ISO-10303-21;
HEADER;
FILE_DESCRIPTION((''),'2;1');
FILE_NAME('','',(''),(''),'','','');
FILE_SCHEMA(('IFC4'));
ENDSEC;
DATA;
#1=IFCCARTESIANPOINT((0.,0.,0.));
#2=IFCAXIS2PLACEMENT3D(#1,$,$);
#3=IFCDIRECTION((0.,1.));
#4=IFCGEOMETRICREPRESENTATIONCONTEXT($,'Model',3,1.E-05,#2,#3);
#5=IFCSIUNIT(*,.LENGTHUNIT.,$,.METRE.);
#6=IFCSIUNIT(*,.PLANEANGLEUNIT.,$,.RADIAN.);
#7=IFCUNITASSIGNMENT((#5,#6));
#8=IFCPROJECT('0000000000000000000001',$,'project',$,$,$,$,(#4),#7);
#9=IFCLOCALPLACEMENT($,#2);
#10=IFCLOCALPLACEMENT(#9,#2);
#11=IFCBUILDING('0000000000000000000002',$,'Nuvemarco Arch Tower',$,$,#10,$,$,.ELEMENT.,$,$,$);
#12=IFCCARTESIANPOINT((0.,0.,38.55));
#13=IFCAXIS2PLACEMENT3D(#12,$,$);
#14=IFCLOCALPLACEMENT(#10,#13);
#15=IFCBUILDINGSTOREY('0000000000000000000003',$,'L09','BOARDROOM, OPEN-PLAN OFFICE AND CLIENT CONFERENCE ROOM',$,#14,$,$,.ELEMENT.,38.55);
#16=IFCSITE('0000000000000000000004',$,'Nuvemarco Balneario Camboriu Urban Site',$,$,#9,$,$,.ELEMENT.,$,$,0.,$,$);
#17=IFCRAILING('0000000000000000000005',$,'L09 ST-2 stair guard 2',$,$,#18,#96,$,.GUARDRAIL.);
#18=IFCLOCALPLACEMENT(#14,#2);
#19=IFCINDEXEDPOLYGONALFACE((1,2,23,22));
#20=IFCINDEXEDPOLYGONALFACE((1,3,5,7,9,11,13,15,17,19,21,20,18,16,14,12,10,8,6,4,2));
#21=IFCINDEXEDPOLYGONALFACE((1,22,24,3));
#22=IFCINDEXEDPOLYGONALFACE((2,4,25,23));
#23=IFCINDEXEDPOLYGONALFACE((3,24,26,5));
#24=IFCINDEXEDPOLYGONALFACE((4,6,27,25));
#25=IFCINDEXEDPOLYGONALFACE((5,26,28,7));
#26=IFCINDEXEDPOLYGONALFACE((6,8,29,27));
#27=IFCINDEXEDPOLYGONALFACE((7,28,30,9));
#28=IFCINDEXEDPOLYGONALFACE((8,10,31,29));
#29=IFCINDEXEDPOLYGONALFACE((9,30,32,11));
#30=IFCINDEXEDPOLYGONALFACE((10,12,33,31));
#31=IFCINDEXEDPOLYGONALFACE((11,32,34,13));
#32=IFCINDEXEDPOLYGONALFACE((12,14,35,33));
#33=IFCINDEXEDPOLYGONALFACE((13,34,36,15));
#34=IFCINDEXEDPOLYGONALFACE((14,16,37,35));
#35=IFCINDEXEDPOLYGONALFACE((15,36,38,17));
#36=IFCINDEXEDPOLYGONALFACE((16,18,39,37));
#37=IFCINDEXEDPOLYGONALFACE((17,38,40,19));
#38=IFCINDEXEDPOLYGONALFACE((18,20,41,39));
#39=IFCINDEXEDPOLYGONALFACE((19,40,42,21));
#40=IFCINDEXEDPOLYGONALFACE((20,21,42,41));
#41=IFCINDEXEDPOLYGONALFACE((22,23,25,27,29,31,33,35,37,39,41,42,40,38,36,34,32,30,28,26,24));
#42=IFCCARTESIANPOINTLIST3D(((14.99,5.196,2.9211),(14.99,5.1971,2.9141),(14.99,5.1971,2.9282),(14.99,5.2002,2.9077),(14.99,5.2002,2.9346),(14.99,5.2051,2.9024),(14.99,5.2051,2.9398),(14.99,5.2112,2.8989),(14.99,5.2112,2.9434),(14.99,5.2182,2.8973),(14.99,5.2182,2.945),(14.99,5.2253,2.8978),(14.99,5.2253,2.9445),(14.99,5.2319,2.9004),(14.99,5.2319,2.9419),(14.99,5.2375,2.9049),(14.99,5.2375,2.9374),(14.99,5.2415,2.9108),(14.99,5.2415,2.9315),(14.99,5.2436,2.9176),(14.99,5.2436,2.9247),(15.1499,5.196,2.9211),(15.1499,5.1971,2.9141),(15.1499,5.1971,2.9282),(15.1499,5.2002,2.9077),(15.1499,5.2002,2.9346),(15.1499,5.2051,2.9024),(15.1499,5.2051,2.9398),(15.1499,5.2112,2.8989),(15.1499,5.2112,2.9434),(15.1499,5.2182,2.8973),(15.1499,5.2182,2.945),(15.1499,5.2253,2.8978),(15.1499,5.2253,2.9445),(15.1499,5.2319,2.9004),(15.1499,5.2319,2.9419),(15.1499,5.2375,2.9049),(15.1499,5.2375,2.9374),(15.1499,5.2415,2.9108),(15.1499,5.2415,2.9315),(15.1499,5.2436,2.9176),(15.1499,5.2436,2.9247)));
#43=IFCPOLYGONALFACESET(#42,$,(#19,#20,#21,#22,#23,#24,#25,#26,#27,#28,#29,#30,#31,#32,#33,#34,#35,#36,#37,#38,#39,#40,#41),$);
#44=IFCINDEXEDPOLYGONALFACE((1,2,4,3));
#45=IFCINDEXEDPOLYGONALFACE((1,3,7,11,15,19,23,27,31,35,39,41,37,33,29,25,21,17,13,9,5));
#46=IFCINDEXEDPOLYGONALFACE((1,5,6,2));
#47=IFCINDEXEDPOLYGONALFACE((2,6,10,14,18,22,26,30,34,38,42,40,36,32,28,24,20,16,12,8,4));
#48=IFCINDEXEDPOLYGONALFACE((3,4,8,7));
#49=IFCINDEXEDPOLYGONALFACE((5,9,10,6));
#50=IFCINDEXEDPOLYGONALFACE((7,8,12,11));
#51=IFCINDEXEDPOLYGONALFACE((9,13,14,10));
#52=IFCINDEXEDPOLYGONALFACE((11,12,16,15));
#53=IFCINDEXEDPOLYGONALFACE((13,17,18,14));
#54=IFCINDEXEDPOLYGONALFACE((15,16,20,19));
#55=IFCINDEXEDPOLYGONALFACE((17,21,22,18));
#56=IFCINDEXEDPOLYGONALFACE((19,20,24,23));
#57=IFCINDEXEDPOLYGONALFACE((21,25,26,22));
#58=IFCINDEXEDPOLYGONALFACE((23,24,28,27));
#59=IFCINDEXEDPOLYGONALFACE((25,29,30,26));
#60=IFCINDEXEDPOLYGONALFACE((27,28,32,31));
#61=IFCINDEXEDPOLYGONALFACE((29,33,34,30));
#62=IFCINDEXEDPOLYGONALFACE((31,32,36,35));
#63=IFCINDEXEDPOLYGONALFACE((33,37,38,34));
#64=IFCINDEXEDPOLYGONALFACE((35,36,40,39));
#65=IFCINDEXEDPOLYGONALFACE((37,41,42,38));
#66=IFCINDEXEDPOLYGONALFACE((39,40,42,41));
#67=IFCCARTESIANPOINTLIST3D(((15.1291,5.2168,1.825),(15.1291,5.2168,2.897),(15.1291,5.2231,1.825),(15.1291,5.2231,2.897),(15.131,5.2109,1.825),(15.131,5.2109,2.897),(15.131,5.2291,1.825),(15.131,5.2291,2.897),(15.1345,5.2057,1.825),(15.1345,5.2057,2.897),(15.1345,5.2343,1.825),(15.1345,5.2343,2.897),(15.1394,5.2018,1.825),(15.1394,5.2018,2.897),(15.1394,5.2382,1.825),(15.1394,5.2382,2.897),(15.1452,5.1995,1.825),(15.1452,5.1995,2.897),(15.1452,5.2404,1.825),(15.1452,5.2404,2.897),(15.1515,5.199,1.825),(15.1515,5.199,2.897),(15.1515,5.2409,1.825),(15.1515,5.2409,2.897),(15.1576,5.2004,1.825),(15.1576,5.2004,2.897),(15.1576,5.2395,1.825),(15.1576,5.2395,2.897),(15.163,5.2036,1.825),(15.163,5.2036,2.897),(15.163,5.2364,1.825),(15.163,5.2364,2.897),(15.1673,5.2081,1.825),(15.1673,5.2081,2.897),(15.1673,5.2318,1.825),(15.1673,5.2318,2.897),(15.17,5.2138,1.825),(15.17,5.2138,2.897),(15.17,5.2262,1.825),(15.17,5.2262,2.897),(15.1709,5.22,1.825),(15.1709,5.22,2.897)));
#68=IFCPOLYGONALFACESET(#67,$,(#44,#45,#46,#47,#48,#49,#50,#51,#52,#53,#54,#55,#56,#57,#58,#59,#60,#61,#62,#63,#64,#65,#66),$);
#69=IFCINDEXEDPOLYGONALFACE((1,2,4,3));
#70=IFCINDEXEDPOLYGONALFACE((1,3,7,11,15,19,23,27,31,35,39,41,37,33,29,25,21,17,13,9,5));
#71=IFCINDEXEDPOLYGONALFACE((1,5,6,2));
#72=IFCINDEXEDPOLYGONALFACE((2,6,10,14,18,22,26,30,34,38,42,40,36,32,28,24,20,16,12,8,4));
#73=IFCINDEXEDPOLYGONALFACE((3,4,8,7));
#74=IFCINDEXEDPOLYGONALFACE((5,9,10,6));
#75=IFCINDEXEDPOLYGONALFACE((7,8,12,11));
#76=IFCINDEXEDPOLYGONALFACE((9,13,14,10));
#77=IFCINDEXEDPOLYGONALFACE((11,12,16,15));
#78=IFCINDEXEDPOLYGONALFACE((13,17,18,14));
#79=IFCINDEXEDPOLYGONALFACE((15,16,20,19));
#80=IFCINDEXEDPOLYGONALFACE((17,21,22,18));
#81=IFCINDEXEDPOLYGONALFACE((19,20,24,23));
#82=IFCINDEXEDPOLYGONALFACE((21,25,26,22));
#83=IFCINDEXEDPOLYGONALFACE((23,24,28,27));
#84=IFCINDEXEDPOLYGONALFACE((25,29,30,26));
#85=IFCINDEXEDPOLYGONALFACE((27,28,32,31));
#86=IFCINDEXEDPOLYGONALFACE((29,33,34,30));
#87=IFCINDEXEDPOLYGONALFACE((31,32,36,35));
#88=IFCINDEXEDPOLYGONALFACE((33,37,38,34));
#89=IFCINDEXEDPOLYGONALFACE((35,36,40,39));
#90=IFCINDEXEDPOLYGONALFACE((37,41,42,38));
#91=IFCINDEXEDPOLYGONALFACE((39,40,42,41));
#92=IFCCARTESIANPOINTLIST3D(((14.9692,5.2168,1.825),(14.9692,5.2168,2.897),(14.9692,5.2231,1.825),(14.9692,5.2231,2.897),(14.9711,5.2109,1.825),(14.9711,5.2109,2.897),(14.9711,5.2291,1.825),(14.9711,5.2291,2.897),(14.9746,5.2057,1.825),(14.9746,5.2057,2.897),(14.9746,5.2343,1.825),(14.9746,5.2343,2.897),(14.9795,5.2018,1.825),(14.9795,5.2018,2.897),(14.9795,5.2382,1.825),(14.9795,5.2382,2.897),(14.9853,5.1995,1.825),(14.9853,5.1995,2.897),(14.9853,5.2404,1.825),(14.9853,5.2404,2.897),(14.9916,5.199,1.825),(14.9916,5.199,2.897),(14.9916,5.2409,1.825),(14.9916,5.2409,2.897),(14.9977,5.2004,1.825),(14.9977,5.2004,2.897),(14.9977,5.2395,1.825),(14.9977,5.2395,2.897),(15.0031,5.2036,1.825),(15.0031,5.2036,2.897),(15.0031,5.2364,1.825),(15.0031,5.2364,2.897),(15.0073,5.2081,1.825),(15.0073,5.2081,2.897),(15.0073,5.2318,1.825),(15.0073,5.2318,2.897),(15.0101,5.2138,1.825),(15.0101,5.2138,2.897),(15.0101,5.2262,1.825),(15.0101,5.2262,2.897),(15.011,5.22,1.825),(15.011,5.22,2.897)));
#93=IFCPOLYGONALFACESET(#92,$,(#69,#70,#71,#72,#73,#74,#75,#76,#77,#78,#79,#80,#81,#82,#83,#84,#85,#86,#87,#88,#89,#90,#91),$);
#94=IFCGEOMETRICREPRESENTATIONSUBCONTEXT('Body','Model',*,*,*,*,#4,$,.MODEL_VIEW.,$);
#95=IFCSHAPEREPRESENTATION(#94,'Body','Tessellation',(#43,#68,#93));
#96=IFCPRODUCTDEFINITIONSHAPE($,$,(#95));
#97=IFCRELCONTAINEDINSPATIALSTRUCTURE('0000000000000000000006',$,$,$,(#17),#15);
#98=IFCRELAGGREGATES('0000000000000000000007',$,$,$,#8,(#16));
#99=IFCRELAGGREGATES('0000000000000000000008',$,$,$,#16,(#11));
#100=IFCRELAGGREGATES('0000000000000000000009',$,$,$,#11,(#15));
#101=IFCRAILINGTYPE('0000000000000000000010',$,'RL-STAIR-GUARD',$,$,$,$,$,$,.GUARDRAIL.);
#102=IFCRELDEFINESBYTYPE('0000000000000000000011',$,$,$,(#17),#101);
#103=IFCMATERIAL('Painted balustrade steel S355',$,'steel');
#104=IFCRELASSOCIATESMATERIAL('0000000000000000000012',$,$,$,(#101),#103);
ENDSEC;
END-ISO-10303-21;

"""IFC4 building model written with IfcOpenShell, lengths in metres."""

from ifc_helpers import new_model, si_unit, direction, frame, origin, origin_2d, place, context, subcontext, project, spatial, circle, extrude, material, type_object, element, save


model = new_model("IFC4")

# Units and contexts
model_context = context("Model", 3, precision=1e-05, world=origin(), true_north=direction((0.0, 1.0)))
body_context = subcontext(model_context, "Body", "Model", "MODEL_VIEW")
ifc_project = project(units=[si_unit("LENGTHUNIT", "METRE"), si_unit("PLANEANGLEUNIT", "RADIAN")], contexts=[model_context])

# Site, building, storey
site_placement = place(None, origin())
site = spatial("IfcSite", under=ifc_project, at=site_placement, Name="Nuvemarco Balneario Camboriu Urban Site", CompositionType="ELEMENT", RefElevation=0.0)
building_placement = place(site_placement, origin())
building = spatial("IfcBuilding", under=site, at=building_placement, Name="Nuvemarco Arch Tower", CompositionType="ELEMENT")
storey_placement = place(building_placement, frame((0.0, 0.0, 38.55)))
storey = spatial("IfcBuildingStorey", under=building, at=storey_placement, Name="L09", Description="BOARDROOM, OPEN-PLAN OFFICE AND CLIENT CONFERENCE ROOM", CompositionType="ELEMENT", Elevation=38.55)

# Railing
ifc_material_1 = material(Name="Painted balustrade steel S355", Category="steel")
railing_type_1 = type_object("IfcRailingType", Name="RL-STAIR-GUARD", PredefinedType="GUARDRAIL", material=ifc_material_1)
railing_1_placement = place(storey_placement, frame((15.1499, 5.22, 1.825)))
element("IfcRailing", 1, at=railing_1_placement, inside=storey, type_object=railing_type_1, Name="L09 ST-2 stair guard 2", PredefinedType="GUARDRAIL", context=body_context, shape_type="SweptSolid", body=[
    extrude(circle(Radius=0.0239, at=origin_2d()), frame((0.0, 0.0, 1.0962), z_axis=(-1.0, 0.0, 0.0), x_axis=(0.0, -1.0, 0.0)), (0.0, 0.0, 1.0), 0.1599),
    extrude(circle(Radius=0.021, at=origin_2d()), origin(), (0.0, 0.0, 1.0), 1.072),
    extrude(circle(Radius=0.021, at=origin_2d()), frame((-0.1599, 0.0, 0.0)), (0.0, 0.0, 1.0), 1.072),
])

save(model, "model.ifc")
